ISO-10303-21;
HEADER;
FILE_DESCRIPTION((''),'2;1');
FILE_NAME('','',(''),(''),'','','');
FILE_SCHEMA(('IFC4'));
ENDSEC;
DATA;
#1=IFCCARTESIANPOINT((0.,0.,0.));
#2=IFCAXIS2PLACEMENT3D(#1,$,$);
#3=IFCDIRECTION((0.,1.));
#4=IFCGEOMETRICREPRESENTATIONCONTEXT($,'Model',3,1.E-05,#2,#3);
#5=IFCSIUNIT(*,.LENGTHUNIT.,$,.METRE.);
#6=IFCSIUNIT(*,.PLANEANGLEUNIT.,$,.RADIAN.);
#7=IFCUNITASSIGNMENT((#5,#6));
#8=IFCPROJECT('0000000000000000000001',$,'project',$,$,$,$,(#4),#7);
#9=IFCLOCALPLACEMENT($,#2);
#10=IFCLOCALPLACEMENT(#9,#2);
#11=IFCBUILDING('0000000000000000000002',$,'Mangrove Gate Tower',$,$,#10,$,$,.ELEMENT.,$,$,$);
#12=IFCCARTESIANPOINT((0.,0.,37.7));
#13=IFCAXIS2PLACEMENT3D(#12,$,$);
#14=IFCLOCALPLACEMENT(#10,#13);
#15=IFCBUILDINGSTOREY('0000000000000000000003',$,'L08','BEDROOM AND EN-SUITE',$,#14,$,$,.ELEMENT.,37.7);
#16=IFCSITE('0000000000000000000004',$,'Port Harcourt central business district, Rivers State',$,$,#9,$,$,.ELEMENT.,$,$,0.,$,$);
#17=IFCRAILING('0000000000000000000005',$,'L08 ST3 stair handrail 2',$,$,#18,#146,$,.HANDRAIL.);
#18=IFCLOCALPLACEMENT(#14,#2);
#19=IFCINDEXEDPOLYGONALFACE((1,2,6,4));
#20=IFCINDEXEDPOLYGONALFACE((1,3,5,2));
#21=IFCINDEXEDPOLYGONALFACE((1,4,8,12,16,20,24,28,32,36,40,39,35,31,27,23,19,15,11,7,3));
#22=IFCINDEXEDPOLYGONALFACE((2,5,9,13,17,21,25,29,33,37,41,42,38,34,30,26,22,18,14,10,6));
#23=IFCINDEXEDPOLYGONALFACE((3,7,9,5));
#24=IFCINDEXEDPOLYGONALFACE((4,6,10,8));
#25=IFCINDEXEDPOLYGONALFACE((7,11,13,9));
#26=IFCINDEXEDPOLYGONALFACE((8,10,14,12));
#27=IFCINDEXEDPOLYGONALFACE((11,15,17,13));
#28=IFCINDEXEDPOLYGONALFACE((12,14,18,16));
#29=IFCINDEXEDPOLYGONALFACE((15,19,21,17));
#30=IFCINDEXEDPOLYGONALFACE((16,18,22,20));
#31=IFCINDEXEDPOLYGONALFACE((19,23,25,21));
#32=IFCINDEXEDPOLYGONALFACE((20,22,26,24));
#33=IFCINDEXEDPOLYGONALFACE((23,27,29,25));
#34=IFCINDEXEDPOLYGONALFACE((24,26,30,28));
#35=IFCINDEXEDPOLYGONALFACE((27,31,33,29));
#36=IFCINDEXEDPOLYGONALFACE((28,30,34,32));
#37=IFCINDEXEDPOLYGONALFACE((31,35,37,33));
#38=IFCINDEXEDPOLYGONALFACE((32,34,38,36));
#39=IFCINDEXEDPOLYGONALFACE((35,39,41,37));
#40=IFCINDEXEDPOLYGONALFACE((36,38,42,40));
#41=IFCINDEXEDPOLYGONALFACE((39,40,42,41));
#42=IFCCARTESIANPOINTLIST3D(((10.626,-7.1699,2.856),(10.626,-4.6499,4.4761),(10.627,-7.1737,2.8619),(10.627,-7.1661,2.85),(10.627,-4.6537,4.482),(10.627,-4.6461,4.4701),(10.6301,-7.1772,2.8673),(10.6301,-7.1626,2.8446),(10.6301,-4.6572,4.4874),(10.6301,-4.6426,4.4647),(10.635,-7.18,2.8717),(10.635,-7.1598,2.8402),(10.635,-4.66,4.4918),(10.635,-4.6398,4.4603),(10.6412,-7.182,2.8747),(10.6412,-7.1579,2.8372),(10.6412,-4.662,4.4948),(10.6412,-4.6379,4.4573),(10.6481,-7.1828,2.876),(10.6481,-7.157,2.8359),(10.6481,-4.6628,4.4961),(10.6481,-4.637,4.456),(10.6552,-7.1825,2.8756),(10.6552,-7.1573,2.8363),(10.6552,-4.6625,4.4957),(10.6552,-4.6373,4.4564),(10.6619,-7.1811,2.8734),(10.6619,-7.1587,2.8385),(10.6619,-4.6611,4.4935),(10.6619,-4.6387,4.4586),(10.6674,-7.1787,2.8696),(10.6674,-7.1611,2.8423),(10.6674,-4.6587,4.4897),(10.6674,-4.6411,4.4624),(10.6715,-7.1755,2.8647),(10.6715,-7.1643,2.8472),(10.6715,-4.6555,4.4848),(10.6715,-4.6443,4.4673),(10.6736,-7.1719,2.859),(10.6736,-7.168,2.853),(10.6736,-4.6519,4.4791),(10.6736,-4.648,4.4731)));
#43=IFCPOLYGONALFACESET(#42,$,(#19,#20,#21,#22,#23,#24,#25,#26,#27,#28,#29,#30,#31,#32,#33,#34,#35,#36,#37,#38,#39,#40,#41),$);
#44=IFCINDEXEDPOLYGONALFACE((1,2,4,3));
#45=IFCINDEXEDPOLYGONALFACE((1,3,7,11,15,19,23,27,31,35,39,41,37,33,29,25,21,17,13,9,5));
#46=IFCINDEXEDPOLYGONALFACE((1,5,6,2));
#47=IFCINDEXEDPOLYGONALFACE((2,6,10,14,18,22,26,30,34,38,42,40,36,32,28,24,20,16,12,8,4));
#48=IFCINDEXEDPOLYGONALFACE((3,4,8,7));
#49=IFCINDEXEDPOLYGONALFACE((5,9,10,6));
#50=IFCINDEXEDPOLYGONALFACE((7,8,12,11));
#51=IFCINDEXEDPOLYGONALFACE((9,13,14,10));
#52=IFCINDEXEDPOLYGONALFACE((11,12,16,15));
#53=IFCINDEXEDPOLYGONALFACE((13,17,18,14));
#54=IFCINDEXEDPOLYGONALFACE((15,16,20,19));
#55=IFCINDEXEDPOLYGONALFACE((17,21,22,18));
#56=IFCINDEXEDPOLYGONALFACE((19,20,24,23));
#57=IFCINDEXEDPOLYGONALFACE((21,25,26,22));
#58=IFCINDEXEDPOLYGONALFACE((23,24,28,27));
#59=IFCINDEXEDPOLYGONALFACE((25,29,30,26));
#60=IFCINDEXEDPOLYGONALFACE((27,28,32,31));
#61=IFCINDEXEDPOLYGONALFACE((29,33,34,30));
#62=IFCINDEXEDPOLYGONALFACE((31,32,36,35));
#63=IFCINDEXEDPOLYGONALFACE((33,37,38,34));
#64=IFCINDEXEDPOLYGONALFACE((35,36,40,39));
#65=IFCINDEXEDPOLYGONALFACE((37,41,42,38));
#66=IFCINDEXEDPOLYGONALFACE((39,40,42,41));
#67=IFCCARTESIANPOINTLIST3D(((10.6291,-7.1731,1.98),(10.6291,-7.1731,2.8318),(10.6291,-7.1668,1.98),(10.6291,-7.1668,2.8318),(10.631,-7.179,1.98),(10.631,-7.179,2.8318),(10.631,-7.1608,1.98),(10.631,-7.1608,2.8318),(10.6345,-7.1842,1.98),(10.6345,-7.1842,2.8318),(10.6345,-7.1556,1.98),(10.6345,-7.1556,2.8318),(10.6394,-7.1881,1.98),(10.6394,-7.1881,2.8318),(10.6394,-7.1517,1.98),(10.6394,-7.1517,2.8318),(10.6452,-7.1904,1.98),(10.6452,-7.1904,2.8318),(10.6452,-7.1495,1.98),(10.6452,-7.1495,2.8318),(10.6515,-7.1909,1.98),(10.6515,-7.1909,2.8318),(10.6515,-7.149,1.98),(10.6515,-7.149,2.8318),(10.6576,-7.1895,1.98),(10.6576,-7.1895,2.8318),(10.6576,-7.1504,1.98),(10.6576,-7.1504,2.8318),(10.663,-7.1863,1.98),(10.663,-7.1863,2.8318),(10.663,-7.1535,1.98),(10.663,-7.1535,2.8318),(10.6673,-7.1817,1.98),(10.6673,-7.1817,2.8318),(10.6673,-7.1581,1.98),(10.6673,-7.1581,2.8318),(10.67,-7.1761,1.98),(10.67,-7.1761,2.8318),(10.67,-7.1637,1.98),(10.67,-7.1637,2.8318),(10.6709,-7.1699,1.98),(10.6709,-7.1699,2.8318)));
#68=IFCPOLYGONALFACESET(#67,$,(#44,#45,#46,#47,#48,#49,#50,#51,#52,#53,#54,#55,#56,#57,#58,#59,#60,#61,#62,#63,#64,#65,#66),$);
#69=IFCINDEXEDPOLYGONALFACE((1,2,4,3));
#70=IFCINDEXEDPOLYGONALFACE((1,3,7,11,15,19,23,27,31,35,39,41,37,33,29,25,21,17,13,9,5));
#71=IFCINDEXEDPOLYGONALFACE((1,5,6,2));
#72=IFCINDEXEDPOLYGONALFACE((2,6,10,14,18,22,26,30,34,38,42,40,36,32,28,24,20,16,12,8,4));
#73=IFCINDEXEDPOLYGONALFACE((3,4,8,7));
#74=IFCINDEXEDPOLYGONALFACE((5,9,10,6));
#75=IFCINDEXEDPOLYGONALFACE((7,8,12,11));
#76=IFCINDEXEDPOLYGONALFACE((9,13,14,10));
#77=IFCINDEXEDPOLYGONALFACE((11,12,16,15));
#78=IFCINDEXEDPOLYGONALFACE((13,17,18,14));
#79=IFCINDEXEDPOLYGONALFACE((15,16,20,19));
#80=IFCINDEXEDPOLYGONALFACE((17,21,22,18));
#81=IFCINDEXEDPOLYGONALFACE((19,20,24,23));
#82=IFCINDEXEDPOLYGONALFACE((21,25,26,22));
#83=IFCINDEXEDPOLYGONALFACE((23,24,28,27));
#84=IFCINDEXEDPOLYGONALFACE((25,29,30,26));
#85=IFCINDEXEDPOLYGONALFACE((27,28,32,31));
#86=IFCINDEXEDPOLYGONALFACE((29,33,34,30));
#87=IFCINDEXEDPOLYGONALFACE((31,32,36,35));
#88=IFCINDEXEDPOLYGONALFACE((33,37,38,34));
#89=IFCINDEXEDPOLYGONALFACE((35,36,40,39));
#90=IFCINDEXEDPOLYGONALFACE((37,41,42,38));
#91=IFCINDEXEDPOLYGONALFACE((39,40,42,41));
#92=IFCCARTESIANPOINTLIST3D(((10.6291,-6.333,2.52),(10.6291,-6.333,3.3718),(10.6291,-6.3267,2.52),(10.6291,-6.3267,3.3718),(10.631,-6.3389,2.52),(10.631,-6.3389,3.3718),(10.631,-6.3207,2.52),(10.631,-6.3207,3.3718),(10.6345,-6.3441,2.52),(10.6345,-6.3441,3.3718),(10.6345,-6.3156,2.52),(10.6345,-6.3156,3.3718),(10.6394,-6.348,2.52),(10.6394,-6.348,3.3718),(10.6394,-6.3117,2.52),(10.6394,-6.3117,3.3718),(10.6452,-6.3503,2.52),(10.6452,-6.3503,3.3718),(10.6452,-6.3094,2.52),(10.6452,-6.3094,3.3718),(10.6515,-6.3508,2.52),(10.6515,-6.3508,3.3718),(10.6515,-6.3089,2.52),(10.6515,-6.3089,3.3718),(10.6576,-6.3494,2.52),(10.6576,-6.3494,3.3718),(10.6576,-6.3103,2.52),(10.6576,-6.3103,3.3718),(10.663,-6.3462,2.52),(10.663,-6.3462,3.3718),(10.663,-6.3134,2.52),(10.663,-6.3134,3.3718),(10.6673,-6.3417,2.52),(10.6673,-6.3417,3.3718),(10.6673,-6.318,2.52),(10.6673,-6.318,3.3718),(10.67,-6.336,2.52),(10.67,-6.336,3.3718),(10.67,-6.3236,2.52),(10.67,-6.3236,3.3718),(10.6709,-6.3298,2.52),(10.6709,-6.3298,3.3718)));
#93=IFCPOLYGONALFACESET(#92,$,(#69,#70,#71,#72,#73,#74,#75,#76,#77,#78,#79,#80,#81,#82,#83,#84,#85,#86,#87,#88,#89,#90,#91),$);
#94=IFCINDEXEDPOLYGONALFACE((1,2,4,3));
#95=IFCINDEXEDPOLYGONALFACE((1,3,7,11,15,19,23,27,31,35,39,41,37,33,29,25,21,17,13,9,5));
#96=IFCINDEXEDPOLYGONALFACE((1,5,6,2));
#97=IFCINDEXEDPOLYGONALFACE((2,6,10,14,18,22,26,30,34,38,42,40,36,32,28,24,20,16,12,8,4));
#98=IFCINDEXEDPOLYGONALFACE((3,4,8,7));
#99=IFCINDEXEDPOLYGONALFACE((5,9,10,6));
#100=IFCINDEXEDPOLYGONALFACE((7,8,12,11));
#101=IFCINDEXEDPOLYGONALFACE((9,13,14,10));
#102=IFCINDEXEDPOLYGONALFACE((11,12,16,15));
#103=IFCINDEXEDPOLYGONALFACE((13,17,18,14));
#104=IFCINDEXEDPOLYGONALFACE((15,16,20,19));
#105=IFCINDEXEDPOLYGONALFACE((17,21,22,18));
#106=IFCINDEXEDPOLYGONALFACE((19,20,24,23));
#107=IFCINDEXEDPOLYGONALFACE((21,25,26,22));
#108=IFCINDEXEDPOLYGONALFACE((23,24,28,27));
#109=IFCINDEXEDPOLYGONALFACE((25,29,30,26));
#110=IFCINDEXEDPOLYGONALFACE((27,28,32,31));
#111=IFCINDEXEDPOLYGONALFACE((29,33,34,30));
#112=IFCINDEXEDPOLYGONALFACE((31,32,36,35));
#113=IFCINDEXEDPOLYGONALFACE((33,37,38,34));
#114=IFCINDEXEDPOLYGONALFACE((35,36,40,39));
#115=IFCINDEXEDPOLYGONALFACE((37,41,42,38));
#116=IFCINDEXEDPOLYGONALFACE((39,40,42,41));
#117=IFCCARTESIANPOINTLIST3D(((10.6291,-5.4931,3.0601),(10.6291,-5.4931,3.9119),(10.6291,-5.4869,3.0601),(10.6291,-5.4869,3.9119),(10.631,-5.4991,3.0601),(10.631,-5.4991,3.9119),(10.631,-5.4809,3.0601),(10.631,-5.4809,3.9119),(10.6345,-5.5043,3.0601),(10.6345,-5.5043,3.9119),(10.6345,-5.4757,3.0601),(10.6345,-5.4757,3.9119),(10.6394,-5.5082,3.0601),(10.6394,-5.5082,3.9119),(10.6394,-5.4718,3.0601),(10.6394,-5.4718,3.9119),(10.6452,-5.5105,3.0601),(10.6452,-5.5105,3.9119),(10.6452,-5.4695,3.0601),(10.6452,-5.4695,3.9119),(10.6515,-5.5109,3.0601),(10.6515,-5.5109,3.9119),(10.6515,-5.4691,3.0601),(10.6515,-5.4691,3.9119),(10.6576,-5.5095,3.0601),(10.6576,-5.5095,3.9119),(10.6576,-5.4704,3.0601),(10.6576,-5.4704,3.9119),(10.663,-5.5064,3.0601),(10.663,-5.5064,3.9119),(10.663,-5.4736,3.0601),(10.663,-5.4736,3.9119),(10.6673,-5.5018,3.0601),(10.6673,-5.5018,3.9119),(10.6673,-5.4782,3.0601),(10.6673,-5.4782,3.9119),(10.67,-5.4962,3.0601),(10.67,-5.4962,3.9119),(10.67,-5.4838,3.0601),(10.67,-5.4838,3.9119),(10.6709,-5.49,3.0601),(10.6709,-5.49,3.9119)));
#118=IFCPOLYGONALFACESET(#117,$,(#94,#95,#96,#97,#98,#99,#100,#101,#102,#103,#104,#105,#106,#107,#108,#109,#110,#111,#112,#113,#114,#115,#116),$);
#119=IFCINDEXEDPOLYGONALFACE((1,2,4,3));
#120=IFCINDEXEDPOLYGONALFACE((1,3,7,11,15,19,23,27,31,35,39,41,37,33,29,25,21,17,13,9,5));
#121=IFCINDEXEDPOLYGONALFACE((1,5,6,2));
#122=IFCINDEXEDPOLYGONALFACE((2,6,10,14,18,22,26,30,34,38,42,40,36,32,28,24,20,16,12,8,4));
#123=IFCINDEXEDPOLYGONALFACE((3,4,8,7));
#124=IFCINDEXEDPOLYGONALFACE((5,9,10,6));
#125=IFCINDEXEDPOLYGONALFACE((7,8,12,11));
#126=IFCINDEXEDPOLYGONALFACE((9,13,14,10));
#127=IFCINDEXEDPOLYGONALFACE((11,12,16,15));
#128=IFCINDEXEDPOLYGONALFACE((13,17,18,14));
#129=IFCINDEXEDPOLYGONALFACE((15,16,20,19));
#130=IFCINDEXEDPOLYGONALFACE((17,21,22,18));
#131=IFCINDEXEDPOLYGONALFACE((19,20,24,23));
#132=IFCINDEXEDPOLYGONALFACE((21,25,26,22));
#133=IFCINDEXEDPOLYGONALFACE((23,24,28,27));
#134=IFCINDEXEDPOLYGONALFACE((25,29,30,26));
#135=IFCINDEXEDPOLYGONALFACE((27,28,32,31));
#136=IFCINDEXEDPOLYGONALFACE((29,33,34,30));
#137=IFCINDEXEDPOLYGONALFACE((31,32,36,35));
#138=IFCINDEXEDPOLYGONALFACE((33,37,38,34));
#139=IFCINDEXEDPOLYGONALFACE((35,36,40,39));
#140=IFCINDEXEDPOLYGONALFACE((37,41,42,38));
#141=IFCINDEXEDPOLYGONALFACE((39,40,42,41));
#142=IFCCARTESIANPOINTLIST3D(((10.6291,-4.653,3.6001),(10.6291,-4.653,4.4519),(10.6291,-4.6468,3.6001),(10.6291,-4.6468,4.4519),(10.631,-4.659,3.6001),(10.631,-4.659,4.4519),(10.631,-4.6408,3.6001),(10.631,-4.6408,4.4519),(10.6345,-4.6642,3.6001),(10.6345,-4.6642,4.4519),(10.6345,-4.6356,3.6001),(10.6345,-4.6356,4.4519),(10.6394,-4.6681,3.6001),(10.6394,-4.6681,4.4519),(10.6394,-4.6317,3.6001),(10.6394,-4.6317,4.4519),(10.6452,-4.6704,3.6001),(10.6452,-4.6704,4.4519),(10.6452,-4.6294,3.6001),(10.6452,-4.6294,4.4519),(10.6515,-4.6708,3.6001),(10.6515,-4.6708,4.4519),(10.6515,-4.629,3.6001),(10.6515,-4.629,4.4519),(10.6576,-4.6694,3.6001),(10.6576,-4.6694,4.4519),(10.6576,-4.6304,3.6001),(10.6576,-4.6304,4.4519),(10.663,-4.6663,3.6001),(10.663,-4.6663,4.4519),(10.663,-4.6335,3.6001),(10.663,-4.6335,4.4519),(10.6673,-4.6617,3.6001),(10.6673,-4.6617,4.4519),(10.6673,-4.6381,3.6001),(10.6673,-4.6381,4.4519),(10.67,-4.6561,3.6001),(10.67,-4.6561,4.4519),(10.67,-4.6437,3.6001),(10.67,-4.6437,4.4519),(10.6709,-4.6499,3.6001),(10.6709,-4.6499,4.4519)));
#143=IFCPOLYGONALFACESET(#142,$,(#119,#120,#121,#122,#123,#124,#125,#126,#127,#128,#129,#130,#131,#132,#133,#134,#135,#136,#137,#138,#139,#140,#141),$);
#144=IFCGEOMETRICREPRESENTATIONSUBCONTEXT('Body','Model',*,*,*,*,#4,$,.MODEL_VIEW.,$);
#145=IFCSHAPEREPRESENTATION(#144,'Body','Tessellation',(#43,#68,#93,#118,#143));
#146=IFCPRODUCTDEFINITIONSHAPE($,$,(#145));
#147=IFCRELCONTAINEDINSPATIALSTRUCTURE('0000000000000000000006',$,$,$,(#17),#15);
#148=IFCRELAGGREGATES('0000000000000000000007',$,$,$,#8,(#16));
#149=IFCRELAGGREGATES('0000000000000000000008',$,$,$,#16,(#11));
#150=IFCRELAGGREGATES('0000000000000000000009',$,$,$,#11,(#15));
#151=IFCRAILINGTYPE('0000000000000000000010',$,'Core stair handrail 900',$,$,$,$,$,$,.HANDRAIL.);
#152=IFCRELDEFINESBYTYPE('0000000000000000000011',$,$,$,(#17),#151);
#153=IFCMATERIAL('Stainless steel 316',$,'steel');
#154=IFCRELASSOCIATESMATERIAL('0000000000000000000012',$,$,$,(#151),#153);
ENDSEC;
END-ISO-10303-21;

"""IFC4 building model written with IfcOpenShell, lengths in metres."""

from ifc_helpers import new_model, si_unit, direction, frame, origin, origin_2d, place, context, subcontext, project, spatial, circle, extrude, material, type_object, element, save


model = new_model("IFC4")

# Units and contexts
model_context = context("Model", 3, precision=1e-05, world=origin(), true_north=direction((0.0, 1.0)))
body_context = subcontext(model_context, "Body", "Model", "MODEL_VIEW")
ifc_project = project(units=[si_unit("LENGTHUNIT", "METRE"), si_unit("PLANEANGLEUNIT", "RADIAN")], contexts=[model_context])

# Site, building, storey
site_placement = place(None, origin())
site = spatial("IfcSite", under=ifc_project, at=site_placement, Name="Port Harcourt central business district, Rivers State", CompositionType="ELEMENT", RefElevation=0.0)
building_placement = place(site_placement, origin())
building = spatial("IfcBuilding", under=site, at=building_placement, Name="Mangrove Gate Tower", CompositionType="ELEMENT")
storey_placement = place(building_placement, frame((0.0, 0.0, 37.7)))
storey = spatial("IfcBuildingStorey", under=building, at=storey_placement, Name="L08", Description="BEDROOM AND EN-SUITE", CompositionType="ELEMENT", Elevation=37.7)

# Railing
ifc_material_1 = material(Name="Stainless steel 316", Category="steel")
railing_type_1 = type_object("IfcRailingType", Name="Core stair handrail 900", PredefinedType="HANDRAIL", material=ifc_material_1)
railing_1_placement = place(storey_placement, frame((10.6499, -7.1699, 1.98)))
element("IfcRailing", 1, at=railing_1_placement, inside=storey, type_object=railing_type_1, Name="L08 ST3 stair handrail 2", PredefinedType="HANDRAIL", context=body_context, shape_type="SweptSolid", body=[
    extrude(circle(Radius=0.0239, at=origin_2d()), frame((0.0, 0.0, 0.876), z_axis=(0.0, 0.841163, 0.540782), x_axis=(-1.0, 0.0, 0.0)), (0.0, 0.0, 1.0), 2.9958),
    extrude(circle(Radius=0.021, at=origin_2d()), origin(), (0.0, 0.0, 1.0), 0.8518),
    extrude(circle(Radius=0.021, at=origin_2d()), frame((0.0, 0.8401, 0.54)), (0.0, 0.0, 1.0), 0.8518),
    extrude(circle(Radius=0.021, at=origin_2d()), frame((0.0, 1.6799, 1.0801)), (0.0, 0.0, 1.0), 0.8518),
    extrude(circle(Radius=0.021, at=origin_2d()), frame((0.0, 2.52, 1.6201)), (0.0, 0.0, 1.0), 0.8518),
])

save(model, "model.ifc")
